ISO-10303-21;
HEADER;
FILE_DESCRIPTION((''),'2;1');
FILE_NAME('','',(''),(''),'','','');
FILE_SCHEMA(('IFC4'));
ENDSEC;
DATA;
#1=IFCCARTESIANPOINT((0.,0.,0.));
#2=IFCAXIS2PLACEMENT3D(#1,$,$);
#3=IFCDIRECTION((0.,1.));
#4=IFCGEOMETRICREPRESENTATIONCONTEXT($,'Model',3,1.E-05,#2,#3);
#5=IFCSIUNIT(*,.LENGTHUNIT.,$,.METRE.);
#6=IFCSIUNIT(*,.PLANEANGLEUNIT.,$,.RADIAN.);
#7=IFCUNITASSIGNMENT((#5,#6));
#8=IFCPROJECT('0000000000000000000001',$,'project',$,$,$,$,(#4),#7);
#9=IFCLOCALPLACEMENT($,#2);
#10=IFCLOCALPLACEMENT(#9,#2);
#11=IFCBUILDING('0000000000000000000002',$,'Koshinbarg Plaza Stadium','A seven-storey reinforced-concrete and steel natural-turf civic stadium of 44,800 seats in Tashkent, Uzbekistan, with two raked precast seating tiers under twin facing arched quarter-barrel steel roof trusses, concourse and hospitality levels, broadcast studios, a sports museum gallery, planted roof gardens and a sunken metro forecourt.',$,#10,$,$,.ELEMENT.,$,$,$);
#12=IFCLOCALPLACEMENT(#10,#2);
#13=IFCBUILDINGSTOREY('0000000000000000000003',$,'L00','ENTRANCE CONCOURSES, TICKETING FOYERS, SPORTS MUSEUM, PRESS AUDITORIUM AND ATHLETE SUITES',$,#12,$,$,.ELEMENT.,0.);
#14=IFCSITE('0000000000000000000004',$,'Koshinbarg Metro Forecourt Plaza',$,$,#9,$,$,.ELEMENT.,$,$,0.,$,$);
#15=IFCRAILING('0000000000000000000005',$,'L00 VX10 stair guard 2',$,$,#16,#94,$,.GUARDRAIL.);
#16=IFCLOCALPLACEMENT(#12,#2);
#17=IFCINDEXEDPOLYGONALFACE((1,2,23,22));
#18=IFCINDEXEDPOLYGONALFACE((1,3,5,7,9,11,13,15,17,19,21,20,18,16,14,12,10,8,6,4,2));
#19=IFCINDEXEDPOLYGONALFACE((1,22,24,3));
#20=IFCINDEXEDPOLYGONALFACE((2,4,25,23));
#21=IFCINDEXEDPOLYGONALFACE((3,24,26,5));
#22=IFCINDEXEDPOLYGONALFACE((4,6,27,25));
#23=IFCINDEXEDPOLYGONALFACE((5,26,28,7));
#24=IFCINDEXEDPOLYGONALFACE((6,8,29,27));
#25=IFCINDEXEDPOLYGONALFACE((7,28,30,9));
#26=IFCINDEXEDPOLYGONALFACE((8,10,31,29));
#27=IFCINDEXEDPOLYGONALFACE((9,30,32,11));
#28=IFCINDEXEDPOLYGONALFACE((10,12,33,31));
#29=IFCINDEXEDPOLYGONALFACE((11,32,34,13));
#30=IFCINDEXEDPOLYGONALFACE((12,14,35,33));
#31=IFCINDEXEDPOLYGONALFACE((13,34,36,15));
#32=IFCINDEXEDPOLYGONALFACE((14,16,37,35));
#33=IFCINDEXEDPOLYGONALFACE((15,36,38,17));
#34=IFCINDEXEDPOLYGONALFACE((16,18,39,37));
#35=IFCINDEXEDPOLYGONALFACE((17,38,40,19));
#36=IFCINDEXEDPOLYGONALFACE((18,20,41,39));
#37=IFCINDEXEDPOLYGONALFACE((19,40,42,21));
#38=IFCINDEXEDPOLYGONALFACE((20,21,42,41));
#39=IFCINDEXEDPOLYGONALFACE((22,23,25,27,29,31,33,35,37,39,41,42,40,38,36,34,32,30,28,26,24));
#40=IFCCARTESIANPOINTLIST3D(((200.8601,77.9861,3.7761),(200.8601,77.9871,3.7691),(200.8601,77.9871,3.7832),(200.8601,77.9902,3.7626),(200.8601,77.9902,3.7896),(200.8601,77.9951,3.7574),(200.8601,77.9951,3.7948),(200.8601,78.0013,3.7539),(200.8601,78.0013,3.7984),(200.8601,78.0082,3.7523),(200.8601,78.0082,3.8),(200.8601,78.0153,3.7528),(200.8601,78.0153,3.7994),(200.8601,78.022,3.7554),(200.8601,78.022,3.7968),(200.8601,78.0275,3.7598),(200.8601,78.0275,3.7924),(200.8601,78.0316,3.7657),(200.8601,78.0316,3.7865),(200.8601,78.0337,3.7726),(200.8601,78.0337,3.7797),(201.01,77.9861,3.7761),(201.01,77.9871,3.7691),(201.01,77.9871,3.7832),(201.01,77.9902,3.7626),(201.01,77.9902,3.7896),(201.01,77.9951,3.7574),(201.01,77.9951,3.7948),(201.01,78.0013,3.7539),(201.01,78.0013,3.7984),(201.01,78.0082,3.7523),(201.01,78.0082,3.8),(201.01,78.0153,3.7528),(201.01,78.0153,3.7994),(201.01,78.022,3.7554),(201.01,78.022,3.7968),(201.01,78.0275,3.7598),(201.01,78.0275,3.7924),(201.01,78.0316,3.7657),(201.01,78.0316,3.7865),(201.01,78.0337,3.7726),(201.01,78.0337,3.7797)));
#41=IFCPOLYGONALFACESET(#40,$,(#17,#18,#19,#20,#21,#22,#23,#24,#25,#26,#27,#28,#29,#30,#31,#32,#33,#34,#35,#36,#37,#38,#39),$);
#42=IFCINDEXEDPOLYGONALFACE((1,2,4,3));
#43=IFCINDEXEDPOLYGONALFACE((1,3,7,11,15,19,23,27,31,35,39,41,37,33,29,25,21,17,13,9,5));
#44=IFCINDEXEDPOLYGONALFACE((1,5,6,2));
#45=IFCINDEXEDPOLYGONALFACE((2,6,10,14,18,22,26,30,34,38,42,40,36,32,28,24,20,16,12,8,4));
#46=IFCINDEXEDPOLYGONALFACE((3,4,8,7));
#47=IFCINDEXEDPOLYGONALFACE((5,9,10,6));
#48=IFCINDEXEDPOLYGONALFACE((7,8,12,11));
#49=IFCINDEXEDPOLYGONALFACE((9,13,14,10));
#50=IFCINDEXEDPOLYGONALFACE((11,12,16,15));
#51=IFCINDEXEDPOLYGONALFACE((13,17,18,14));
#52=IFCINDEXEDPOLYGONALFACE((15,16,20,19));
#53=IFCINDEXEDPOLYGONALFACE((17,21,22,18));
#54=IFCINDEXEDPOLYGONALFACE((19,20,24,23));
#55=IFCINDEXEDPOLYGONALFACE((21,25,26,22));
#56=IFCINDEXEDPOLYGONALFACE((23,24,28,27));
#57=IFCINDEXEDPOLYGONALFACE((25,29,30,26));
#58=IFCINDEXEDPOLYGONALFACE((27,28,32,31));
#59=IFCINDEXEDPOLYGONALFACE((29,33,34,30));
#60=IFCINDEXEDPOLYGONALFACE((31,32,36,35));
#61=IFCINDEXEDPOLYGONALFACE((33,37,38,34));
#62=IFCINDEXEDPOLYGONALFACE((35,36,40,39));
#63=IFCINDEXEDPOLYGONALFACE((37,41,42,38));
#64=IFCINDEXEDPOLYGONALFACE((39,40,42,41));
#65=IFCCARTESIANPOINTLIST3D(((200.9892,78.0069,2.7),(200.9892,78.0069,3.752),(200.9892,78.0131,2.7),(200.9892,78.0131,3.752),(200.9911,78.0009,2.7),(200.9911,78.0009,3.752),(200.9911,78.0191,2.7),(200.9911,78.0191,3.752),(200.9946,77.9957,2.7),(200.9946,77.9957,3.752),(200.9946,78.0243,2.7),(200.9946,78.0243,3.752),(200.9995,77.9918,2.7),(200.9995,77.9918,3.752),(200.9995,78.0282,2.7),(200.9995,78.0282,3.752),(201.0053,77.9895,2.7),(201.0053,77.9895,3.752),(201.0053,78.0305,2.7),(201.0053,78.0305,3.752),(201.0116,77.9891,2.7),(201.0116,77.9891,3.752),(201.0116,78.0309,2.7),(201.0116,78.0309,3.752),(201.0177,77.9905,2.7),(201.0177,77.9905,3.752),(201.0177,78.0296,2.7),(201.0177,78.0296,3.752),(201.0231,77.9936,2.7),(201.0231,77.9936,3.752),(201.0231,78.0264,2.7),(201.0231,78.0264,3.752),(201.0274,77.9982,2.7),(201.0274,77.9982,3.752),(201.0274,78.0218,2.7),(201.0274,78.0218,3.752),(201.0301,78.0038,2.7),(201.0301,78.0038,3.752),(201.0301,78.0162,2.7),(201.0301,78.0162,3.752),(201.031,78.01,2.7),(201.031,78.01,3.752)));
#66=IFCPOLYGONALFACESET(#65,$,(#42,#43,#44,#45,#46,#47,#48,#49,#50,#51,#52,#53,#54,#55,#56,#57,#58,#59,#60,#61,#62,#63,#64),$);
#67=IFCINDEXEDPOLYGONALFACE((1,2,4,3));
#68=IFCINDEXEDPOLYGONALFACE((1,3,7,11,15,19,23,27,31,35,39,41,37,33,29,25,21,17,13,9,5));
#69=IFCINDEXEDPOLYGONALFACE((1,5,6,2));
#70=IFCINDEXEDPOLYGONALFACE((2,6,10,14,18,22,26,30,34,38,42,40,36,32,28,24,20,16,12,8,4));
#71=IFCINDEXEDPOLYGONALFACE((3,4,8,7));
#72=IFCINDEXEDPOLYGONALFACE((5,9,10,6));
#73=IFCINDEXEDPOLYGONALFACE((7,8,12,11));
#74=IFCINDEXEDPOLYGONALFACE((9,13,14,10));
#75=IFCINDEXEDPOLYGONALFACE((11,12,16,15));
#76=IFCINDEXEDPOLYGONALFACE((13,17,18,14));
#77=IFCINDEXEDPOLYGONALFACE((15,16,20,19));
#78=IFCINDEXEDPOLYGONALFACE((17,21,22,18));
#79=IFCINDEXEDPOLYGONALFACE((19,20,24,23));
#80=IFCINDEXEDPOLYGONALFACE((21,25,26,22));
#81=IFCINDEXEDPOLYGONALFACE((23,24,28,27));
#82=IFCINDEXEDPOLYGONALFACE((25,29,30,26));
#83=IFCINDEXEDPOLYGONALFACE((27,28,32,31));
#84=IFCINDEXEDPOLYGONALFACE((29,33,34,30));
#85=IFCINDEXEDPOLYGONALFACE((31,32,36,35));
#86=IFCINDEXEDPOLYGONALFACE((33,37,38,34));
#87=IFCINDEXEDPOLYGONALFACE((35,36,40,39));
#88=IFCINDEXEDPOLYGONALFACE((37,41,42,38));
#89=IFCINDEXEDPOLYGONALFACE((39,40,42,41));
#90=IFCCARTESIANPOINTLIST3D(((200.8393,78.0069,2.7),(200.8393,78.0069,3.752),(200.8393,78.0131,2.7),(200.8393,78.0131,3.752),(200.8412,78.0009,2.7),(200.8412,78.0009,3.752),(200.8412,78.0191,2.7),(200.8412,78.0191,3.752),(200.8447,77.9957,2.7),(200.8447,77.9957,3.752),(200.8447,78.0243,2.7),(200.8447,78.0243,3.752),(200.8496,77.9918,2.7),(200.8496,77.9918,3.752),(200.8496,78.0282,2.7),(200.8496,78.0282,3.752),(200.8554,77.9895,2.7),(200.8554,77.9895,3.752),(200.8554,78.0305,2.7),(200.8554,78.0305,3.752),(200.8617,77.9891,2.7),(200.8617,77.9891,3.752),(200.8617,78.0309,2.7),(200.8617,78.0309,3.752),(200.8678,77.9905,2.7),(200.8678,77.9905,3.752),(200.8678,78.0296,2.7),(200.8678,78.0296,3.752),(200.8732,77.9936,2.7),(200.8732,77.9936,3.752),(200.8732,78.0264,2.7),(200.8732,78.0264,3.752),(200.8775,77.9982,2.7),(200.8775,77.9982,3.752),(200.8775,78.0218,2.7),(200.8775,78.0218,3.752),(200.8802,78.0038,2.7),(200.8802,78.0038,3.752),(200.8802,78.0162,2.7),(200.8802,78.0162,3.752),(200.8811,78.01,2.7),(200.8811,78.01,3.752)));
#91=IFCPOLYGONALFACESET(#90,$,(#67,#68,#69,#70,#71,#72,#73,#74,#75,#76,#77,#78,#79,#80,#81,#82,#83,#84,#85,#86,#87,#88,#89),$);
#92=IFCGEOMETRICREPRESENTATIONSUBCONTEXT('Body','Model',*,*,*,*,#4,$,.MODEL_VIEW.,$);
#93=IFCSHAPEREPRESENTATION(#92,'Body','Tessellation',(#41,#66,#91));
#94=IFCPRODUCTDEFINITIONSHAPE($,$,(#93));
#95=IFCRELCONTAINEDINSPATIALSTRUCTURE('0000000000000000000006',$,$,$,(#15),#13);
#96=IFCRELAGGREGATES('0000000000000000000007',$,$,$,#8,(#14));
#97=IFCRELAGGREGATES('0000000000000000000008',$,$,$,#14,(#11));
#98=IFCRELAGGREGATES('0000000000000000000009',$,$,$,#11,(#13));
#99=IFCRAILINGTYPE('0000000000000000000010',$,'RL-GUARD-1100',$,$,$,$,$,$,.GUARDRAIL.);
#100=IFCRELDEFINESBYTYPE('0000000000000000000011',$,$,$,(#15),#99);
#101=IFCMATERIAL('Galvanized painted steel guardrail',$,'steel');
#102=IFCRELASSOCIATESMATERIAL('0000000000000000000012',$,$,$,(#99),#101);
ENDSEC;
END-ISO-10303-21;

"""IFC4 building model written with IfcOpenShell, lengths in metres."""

from ifc_helpers import new_model, si_unit, direction, frame, origin, origin_2d, place, context, subcontext, project, spatial, circle, extrude, material, type_object, element, save


model = new_model("IFC4")

# Units and contexts
model_context = context("Model", 3, precision=1e-05, world=origin(), true_north=direction((0.0, 1.0)))
body_context = subcontext(model_context, "Body", "Model", "MODEL_VIEW")
ifc_project = project(units=[si_unit("LENGTHUNIT", "METRE"), si_unit("PLANEANGLEUNIT", "RADIAN")], contexts=[model_context])

# Site, building, storey
site_placement = place(None, origin())
site = spatial("IfcSite", under=ifc_project, at=site_placement, Name="Koshinbarg Metro Forecourt Plaza", CompositionType="ELEMENT", RefElevation=0.0)
building_placement = place(site_placement, origin())
building = spatial("IfcBuilding", under=site, at=building_placement, Name="Koshinbarg Plaza Stadium", Description="A seven-storey reinforced-concrete and steel natural-turf civic stadium of 44,800 seats in Tashkent, Uzbekistan, with two raked precast seating tiers under twin facing arched quarter-barrel steel roof trusses, concourse and hospitality levels, broadcast studios, a sports museum gallery, planted roof gardens and a sunken metro forecourt.", CompositionType="ELEMENT")
storey_placement = place(building_placement, origin())
storey = spatial("IfcBuildingStorey", under=building, at=storey_placement, Name="L00", Description="ENTRANCE CONCOURSES, TICKETING FOYERS, SPORTS MUSEUM, PRESS AUDITORIUM AND ATHLETE SUITES", CompositionType="ELEMENT", Elevation=0.0)

# Railing
ifc_material_1 = material(Name="Galvanized painted steel guardrail", Category="steel")
railing_type_1 = type_object("IfcRailingType", Name="RL-GUARD-1100", PredefinedType="GUARDRAIL", material=ifc_material_1)
railing_1_placement = place(storey_placement, frame((201.01, 78.01, 2.7)))
element("IfcRailing", 1, at=railing_1_placement, inside=storey, type_object=railing_type_1, Name="L00 VX10 stair guard 2", PredefinedType="GUARDRAIL", context=body_context, shape_type="SweptSolid", body=[
    extrude(circle(Radius=0.0239, at=origin_2d()), frame((0.0, 0.0, 1.0762), z_axis=(-1.0, 0.0, 0.0), x_axis=(0.0, -1.0, 0.0)), (0.0, 0.0, 1.0), 0.1499),
    extrude(circle(Radius=0.021, at=origin_2d()), origin(), (0.0, 0.0, 1.0), 1.052),
    extrude(circle(Radius=0.021, at=origin_2d()), frame((-0.1499, 0.0, 0.0)), (0.0, 0.0, 1.0), 1.052),
])

save(model, "model.ifc")
